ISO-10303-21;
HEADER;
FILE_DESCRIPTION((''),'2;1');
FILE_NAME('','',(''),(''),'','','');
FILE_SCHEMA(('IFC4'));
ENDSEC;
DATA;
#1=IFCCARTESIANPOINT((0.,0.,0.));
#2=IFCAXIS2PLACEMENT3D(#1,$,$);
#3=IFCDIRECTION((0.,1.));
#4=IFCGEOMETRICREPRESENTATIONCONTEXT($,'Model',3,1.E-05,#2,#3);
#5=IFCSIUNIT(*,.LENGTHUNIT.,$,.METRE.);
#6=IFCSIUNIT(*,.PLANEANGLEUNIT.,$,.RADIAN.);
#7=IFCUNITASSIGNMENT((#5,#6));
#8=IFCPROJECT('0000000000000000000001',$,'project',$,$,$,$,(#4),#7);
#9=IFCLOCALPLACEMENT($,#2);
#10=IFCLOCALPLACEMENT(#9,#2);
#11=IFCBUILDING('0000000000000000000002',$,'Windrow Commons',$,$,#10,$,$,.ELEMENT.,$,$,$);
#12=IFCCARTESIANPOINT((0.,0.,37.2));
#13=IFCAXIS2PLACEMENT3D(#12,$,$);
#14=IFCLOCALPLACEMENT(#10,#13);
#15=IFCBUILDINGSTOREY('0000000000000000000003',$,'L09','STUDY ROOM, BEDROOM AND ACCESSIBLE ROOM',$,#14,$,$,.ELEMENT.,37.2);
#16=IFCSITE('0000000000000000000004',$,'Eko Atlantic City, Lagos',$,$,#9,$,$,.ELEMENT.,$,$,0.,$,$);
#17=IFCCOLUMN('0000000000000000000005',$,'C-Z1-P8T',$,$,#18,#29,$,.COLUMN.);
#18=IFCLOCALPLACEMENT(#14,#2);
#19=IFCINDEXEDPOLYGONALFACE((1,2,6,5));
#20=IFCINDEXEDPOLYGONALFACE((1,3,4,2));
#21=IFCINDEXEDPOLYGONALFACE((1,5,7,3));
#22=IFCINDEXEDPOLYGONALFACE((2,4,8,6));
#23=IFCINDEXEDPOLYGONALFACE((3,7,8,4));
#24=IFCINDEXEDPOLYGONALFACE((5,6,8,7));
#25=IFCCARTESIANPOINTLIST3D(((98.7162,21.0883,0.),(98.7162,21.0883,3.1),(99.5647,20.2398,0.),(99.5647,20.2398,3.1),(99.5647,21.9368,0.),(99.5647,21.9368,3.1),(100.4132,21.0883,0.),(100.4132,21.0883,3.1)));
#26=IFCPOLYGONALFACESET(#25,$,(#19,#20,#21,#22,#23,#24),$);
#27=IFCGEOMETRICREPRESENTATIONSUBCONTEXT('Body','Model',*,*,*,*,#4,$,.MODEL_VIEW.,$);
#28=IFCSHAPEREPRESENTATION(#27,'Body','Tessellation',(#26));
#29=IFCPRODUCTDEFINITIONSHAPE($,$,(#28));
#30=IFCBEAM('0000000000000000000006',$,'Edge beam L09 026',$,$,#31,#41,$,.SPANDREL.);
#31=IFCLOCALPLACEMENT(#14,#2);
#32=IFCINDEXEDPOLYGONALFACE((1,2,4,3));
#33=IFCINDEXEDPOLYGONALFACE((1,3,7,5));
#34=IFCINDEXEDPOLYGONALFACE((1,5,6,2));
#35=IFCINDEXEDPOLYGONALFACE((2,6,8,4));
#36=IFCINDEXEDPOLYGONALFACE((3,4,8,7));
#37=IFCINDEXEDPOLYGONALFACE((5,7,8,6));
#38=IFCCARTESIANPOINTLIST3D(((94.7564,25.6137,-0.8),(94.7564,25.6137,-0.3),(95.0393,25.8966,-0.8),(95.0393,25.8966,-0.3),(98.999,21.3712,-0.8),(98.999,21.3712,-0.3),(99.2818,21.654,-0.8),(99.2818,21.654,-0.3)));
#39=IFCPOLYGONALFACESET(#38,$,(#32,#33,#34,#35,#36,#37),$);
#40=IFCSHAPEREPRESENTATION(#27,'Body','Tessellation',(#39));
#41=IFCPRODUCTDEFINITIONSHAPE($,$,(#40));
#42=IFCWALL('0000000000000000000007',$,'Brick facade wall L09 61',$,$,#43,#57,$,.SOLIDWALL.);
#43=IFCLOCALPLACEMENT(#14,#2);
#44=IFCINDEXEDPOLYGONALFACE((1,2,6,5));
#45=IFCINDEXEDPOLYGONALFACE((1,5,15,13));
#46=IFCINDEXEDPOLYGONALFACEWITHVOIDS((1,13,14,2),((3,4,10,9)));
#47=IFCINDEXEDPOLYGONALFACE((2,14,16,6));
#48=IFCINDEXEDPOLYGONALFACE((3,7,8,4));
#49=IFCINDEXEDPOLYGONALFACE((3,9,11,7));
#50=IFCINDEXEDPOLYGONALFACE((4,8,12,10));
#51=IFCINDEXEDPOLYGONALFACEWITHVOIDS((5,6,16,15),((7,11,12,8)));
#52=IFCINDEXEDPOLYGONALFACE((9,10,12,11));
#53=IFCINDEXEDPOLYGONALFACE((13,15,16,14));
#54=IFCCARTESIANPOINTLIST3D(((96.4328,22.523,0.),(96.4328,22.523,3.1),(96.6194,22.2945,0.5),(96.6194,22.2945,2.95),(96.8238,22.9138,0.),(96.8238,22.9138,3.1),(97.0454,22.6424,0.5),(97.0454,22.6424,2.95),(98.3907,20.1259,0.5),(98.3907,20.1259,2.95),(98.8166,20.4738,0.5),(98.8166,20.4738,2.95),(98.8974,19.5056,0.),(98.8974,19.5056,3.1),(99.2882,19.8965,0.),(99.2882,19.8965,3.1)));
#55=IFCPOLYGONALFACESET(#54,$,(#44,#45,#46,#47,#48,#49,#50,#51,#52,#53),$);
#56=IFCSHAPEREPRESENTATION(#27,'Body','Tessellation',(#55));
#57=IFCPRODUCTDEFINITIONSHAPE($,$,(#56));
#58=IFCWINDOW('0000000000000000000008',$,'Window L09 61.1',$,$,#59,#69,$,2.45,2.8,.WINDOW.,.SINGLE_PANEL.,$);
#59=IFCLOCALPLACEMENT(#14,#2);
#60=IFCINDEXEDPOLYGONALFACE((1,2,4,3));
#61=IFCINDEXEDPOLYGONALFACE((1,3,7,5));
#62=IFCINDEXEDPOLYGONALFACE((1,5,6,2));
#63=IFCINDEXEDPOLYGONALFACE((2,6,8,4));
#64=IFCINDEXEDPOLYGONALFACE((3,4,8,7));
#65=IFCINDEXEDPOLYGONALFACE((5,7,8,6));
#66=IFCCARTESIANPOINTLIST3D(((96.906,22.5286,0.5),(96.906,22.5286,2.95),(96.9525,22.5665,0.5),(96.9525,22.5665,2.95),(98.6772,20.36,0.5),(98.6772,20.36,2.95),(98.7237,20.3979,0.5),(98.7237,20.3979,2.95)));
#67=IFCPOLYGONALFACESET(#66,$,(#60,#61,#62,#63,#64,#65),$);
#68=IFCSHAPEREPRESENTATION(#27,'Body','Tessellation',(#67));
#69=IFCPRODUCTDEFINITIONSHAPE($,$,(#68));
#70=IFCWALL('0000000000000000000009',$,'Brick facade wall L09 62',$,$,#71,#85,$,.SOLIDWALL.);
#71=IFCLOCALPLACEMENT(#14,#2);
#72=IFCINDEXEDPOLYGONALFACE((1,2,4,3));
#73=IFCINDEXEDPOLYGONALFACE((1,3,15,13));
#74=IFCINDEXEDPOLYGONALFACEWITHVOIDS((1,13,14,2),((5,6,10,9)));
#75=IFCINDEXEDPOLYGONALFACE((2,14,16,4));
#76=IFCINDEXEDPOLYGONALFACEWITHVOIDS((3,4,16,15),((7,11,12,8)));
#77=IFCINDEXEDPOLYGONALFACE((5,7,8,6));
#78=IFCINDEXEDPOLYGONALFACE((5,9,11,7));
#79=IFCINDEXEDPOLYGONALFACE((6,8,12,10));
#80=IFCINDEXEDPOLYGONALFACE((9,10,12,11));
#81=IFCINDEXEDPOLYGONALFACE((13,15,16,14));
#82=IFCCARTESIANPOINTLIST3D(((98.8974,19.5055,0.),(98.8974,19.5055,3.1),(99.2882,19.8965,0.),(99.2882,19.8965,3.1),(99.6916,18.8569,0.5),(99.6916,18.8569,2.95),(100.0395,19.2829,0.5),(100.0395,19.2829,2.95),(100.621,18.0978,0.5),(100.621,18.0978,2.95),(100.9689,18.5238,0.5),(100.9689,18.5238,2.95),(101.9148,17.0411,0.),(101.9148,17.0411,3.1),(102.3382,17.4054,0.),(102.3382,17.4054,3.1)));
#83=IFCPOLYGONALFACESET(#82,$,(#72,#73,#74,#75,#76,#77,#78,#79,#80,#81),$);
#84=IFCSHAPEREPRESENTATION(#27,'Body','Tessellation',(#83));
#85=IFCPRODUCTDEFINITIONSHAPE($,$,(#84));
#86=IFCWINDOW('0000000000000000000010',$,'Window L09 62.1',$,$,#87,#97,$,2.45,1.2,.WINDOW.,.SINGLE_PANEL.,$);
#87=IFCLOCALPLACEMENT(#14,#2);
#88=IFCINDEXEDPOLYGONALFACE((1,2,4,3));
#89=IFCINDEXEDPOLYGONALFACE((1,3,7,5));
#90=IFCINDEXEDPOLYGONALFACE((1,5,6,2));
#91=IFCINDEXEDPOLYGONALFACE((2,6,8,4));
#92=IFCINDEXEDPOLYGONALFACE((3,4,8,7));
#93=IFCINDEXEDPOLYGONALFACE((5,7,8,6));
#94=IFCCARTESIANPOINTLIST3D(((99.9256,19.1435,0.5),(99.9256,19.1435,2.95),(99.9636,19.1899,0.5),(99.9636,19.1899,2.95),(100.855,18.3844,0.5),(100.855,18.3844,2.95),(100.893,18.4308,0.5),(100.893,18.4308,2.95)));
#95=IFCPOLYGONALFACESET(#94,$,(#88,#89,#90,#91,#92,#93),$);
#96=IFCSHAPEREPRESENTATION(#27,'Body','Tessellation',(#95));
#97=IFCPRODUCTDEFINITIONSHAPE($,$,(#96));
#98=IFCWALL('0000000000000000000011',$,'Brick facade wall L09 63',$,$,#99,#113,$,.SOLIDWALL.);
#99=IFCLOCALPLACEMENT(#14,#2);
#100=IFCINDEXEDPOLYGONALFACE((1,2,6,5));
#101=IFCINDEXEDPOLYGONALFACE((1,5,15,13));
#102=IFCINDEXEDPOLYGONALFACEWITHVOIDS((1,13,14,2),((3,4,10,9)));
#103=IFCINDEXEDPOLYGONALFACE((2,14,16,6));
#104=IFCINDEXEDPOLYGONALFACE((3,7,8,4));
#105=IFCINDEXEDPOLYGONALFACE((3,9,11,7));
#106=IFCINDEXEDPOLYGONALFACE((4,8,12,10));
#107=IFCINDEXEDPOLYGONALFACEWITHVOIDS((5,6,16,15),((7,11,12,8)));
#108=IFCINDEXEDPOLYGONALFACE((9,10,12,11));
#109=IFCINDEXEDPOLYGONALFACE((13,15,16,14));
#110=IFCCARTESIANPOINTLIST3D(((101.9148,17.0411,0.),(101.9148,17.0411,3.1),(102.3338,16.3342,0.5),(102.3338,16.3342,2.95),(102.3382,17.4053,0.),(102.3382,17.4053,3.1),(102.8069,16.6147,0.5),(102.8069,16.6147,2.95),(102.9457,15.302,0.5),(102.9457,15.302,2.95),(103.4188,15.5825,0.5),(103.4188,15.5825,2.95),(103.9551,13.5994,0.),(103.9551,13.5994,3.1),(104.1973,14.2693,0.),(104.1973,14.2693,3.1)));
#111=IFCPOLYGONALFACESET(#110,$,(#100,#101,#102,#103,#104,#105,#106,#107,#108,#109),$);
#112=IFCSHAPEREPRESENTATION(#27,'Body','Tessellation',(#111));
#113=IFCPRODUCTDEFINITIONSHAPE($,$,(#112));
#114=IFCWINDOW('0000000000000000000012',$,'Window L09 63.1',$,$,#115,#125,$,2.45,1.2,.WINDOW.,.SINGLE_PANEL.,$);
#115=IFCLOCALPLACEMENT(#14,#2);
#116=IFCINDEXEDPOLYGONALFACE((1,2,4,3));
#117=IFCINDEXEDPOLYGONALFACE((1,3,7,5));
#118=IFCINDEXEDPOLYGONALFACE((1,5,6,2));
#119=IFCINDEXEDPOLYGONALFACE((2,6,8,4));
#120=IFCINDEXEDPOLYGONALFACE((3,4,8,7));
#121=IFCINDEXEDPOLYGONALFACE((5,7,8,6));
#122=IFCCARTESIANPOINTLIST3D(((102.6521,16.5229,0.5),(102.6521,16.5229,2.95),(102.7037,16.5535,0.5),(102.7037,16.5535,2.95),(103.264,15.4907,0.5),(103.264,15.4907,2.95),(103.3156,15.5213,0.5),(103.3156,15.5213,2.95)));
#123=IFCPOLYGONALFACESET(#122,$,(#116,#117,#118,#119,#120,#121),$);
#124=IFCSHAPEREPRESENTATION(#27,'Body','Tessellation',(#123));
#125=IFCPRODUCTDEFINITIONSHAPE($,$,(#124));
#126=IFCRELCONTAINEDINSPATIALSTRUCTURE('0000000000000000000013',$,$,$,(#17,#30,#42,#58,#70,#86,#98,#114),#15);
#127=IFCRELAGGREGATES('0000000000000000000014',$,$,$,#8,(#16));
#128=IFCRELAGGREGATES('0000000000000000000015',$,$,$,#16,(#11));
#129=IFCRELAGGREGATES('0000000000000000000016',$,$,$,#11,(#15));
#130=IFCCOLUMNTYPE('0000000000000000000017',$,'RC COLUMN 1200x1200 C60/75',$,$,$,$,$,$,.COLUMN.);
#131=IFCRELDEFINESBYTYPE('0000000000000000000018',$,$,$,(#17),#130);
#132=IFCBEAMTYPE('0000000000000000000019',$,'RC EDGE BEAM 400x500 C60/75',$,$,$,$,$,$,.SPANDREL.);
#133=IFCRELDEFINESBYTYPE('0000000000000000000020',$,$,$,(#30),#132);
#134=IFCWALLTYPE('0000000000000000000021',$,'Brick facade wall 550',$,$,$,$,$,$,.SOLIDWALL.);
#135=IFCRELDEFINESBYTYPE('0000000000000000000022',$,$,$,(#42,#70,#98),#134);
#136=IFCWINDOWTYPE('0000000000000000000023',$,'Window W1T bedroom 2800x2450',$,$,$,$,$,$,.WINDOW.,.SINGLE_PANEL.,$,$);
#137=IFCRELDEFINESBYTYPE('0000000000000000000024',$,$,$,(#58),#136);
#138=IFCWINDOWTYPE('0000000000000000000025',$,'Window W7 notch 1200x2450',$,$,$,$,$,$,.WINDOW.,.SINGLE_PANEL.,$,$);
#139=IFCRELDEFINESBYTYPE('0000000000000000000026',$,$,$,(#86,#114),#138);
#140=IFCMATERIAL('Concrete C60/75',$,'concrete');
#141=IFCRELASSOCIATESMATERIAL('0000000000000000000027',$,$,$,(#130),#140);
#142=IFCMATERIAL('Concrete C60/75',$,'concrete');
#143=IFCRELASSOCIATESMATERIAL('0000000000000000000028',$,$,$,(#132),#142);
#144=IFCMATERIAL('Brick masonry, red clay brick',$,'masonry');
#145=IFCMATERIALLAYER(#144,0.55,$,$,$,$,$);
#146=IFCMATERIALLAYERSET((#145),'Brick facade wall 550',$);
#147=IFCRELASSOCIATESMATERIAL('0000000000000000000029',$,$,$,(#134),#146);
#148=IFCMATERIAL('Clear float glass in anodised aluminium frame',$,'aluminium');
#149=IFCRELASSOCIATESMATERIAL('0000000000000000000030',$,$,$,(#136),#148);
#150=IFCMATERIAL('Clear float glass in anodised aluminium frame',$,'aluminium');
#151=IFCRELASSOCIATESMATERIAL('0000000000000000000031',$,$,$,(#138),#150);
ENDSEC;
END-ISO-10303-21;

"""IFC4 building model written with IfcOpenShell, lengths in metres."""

from ifc_helpers import new_model, si_unit, direction, frame, frame_2d, origin, origin_2d, place, context, subcontext, project, spatial, polyline, rectangle, outline, extrude, material, layer, layer_set, material_profile, profile_set, type_object, element, fill, save


model = new_model("IFC4")

# Units and contexts
model_context = context("Model", 3, precision=1e-05, world=origin(), true_north=direction((0.0, 1.0)))
body_context = subcontext(model_context, "Body", "Model", "MODEL_VIEW")
ifc_project = project(units=[si_unit("LENGTHUNIT", "METRE"), si_unit("PLANEANGLEUNIT", "RADIAN")], contexts=[model_context])

# Site, building, storey
site_placement = place(None, origin())
site = spatial("IfcSite", under=ifc_project, at=site_placement, Name="Eko Atlantic City, Lagos", CompositionType="ELEMENT", RefElevation=0.0)
building_placement = place(site_placement, origin())
building = spatial("IfcBuilding", under=site, at=building_placement, Name="Windrow Commons", CompositionType="ELEMENT")
storey_placement = place(building_placement, frame((0.0, 0.0, 37.2)))
storey = spatial("IfcBuildingStorey", under=building, at=storey_placement, Name="L09", Description="STUDY ROOM, BEDROOM AND ACCESSIBLE ROOM", CompositionType="ELEMENT", Elevation=37.2)

# Column
ifc_material_1 = material(Name="Concrete C60/75", Category="concrete")
ifc_material_profile_1 = material_profile(ifc_material_1, rectangle(XDim=1.2, YDim=1.2, at=origin_2d()))
ifc_profile_set_1 = profile_set([ifc_material_profile_1], Name="Concrete C60/75")
column_type = type_object("IfcColumnType", Name="RC COLUMN 1200x1200 C60/75", PredefinedType="COLUMN", material=ifc_profile_set_1)
column_placement = place(storey_placement, frame((99.5647, 21.0883, 0.0), z_axis=(0.0, 0.0, 1.0), x_axis=(0.707107, -0.707107, 0.0)))
element("IfcColumn", 1, at=column_placement, inside=storey, type_object=column_type, Name="C-Z1-P8T", PredefinedType="COLUMN", context=body_context, shape_type="SweptSolid", body=[
    extrude(rectangle(XDim=1.2, YDim=1.2, at=origin_2d()), origin(), (0.0, 0.0, 1.0), 3.1),
])

# Beam
ifc_material_2 = material(Name="Concrete C60/75", Category="concrete")
ifc_material_profile_2 = material_profile(ifc_material_2, rectangle(XDim=0.4, YDim=0.5, at=origin_2d()))
ifc_profile_set_2 = profile_set([ifc_material_profile_2], Name="Concrete C60/75")
beam_type = type_object("IfcBeamType", Name="RC EDGE BEAM 400x500 C60/75", PredefinedType="SPANDREL", material=ifc_profile_set_2)
beam_placement = place(storey_placement, frame((99.1404, 21.5126, -0.55), z_axis=(-0.707107, 0.707107, 0.0), x_axis=(-0.707107, -0.707107, 0.0)))
element("IfcBeam", 2, at=beam_placement, inside=storey, type_object=beam_type, Name="Edge beam L09 026", PredefinedType="SPANDREL", context=body_context, shape_type="SweptSolid", body=[
    extrude(rectangle(XDim=0.4, YDim=0.5, at=origin_2d()), origin(), (0.0, 0.0, 1.0), 5.9999),
])

# Walls, openings, windows
ifc_material_3 = material(Name="Brick masonry, red clay brick", Category="masonry")
ifc_layer_1 = layer(ifc_material_3, 0.55)
ifc_layer_set_1 = layer_set([ifc_layer_1], Name="Brick facade wall 550")
wall_type_1 = type_object("IfcWallType", Name="Brick facade wall 550", PredefinedType="SOLIDWALL", material=ifc_layer_set_1)
wall_1_placement = place(storey_placement, frame((96.6283, 22.7184, 0.0), z_axis=(0.0, 0.0, 1.0), x_axis=(0.632579, -0.774496, 0.0)))
wall_1 = element("IfcWall", 3, at=wall_1_placement, inside=storey, type_object=wall_type_1, Name="Brick facade wall L09 61", PredefinedType="SOLIDWALL", context=body_context, shape_type="SweptSolid", body=[
    extrude(outline(polyline([(0.0277, -0.275), (3.9237, -0.275), (3.8682, 0.275), (-0.0277, 0.275), (0.0277, -0.275)])), origin(), (0.0, 0.0, 1.0), 3.1),
])
opening_1_placement = place(wall_1_placement, frame((0.3227, 0.0, 0.5)))
opening_1 = element("IfcOpeningElement", 4, at=opening_1_placement, cuts=wall_1, PredefinedType="OPENING", context=body_context, shape_type="SweptSolid", body=[
    extrude(rectangle(XDim=2.8, YDim=2.45, at=frame_2d((1.4, 1.225))), frame((0.0, 0.285, 0.0), z_axis=(0.0, -1.0, 0.0), x_axis=(1.0, 0.0, 0.0)), (0.0, 0.0, 1.0), 0.57),
])
ifc_material_4 = material(Name="Clear float glass in anodised aluminium frame", Category="aluminium")
window_type_1 = type_object("IfcWindowType", Name="Window W1T bedroom 2800x2450", PartitioningType="SINGLE_PANEL", PredefinedType="WINDOW", material=ifc_material_4)
window_1_placement = place(opening_1_placement, origin())
window_1 = element("IfcWindow", 5, at=window_1_placement, inside=storey, type_object=window_type_1, Name="Window L09 61.1", OverallHeight=2.45, OverallWidth=2.8, PartitioningType="SINGLE_PANEL", PredefinedType="WINDOW", context=body_context, shape_type="SweptSolid", body=[
    extrude(rectangle(XDim=2.8, YDim=2.45, at=frame_2d((1.4, 1.225))), frame((0.0, 0.155, 0.0), z_axis=(0.0, -1.0, 0.0), x_axis=(1.0, 0.0, 0.0)), (0.0, 0.0, 1.0), 0.06),
])
fill(opening_1, window_1)
wall_2_placement = place(storey_placement, frame((99.0928, 19.701, 0.0), z_axis=(0.0, 0.0, 1.0), x_axis=(0.774497, -0.632577, 0.0)))
wall_2 = element("IfcWall", 6, at=wall_2_placement, inside=storey, type_object=wall_type_1, Name="Brick facade wall L09 62", PredefinedType="SOLIDWALL", context=body_context, shape_type="SweptSolid", body=[
    extrude(outline(polyline([(-0.0277, -0.275), (3.8682, -0.275), (3.9657, 0.275), (0.0277, 0.275), (-0.0277, -0.275)])), origin(), (0.0, 0.0, 1.0), 3.1),
])
opening_2_placement = place(wall_2_placement, frame((0.9977, 0.0, 0.5)))
opening_2 = element("IfcOpeningElement", 7, at=opening_2_placement, cuts=wall_2, PredefinedType="OPENING", context=body_context, shape_type="SweptSolid", body=[
    extrude(rectangle(XDim=1.2, YDim=2.45, at=frame_2d((0.6, 1.225))), frame((0.0, 0.285, 0.0), z_axis=(0.0, -1.0, 0.0), x_axis=(1.0, 0.0, 0.0)), (0.0, 0.0, 1.0), 0.57),
])
ifc_material_5 = material(Name="Clear float glass in anodised aluminium frame", Category="aluminium")
window_type_2 = type_object("IfcWindowType", Name="Window W7 notch 1200x2450", PartitioningType="SINGLE_PANEL", PredefinedType="WINDOW", material=ifc_material_5)
window_2_placement = place(opening_2_placement, origin())
window_2 = element("IfcWindow", 8, at=window_2_placement, inside=storey, type_object=window_type_2, Name="Window L09 62.1", OverallHeight=2.45, OverallWidth=1.2, PartitioningType="SINGLE_PANEL", PredefinedType="WINDOW", context=body_context, shape_type="SweptSolid", body=[
    extrude(rectangle(XDim=1.2, YDim=2.45, at=frame_2d((0.6, 1.225))), frame((0.0, 0.155, 0.0), z_axis=(0.0, -1.0, 0.0), x_axis=(1.0, 0.0, 0.0)), (0.0, 0.0, 1.0), 0.06),
])
fill(opening_2, window_2)
wall_3_placement = place(storey_placement, frame((102.1265, 17.2232, 0.0), z_axis=(0.0, 0.0, 1.0), x_axis=(0.509942, -0.860209, 0.0)))
wall_3 = element("IfcWall", 9, at=wall_3_placement, inside=storey, type_object=wall_type_1, Name="Brick facade wall L09 63", PredefinedType="SOLIDWALL", context=body_context, shape_type="SweptSolid", body=[
    extrude(outline(polyline([(0.0487, -0.275), (4.0497, -0.275), (3.597, 0.275), (-0.0487, 0.275), (0.0487, -0.275)])), origin(), (0.0, 0.0, 1.0), 3.1),
])
opening_3_placement = place(wall_3_placement, frame((0.8704, 0.0, 0.5)))
opening_3 = element("IfcOpeningElement", 10, at=opening_3_placement, cuts=wall_3, PredefinedType="OPENING", context=body_context, shape_type="SweptSolid", body=[
    extrude(rectangle(XDim=1.2, YDim=2.45, at=frame_2d((0.6, 1.225))), frame((0.0, 0.285, 0.0), z_axis=(0.0, -1.0, 0.0), x_axis=(1.0, 0.0, 0.0)), (0.0, 0.0, 1.0), 0.57),
])
window_3_placement = place(opening_3_placement, origin())
window_3 = element("IfcWindow", 11, at=window_3_placement, inside=storey, type_object=window_type_2, Name="Window L09 63.1", OverallHeight=2.45, OverallWidth=1.2, PartitioningType="SINGLE_PANEL", PredefinedType="WINDOW", context=body_context, shape_type="SweptSolid", body=[
    extrude(rectangle(XDim=1.2, YDim=2.45, at=frame_2d((0.6, 1.225))), frame((0.0, 0.155, 0.0), z_axis=(0.0, -1.0, 0.0), x_axis=(1.0, 0.0, 0.0)), (0.0, 0.0, 1.0), 0.06),
])
fill(opening_3, window_3)

save(model, "model.ifc")
